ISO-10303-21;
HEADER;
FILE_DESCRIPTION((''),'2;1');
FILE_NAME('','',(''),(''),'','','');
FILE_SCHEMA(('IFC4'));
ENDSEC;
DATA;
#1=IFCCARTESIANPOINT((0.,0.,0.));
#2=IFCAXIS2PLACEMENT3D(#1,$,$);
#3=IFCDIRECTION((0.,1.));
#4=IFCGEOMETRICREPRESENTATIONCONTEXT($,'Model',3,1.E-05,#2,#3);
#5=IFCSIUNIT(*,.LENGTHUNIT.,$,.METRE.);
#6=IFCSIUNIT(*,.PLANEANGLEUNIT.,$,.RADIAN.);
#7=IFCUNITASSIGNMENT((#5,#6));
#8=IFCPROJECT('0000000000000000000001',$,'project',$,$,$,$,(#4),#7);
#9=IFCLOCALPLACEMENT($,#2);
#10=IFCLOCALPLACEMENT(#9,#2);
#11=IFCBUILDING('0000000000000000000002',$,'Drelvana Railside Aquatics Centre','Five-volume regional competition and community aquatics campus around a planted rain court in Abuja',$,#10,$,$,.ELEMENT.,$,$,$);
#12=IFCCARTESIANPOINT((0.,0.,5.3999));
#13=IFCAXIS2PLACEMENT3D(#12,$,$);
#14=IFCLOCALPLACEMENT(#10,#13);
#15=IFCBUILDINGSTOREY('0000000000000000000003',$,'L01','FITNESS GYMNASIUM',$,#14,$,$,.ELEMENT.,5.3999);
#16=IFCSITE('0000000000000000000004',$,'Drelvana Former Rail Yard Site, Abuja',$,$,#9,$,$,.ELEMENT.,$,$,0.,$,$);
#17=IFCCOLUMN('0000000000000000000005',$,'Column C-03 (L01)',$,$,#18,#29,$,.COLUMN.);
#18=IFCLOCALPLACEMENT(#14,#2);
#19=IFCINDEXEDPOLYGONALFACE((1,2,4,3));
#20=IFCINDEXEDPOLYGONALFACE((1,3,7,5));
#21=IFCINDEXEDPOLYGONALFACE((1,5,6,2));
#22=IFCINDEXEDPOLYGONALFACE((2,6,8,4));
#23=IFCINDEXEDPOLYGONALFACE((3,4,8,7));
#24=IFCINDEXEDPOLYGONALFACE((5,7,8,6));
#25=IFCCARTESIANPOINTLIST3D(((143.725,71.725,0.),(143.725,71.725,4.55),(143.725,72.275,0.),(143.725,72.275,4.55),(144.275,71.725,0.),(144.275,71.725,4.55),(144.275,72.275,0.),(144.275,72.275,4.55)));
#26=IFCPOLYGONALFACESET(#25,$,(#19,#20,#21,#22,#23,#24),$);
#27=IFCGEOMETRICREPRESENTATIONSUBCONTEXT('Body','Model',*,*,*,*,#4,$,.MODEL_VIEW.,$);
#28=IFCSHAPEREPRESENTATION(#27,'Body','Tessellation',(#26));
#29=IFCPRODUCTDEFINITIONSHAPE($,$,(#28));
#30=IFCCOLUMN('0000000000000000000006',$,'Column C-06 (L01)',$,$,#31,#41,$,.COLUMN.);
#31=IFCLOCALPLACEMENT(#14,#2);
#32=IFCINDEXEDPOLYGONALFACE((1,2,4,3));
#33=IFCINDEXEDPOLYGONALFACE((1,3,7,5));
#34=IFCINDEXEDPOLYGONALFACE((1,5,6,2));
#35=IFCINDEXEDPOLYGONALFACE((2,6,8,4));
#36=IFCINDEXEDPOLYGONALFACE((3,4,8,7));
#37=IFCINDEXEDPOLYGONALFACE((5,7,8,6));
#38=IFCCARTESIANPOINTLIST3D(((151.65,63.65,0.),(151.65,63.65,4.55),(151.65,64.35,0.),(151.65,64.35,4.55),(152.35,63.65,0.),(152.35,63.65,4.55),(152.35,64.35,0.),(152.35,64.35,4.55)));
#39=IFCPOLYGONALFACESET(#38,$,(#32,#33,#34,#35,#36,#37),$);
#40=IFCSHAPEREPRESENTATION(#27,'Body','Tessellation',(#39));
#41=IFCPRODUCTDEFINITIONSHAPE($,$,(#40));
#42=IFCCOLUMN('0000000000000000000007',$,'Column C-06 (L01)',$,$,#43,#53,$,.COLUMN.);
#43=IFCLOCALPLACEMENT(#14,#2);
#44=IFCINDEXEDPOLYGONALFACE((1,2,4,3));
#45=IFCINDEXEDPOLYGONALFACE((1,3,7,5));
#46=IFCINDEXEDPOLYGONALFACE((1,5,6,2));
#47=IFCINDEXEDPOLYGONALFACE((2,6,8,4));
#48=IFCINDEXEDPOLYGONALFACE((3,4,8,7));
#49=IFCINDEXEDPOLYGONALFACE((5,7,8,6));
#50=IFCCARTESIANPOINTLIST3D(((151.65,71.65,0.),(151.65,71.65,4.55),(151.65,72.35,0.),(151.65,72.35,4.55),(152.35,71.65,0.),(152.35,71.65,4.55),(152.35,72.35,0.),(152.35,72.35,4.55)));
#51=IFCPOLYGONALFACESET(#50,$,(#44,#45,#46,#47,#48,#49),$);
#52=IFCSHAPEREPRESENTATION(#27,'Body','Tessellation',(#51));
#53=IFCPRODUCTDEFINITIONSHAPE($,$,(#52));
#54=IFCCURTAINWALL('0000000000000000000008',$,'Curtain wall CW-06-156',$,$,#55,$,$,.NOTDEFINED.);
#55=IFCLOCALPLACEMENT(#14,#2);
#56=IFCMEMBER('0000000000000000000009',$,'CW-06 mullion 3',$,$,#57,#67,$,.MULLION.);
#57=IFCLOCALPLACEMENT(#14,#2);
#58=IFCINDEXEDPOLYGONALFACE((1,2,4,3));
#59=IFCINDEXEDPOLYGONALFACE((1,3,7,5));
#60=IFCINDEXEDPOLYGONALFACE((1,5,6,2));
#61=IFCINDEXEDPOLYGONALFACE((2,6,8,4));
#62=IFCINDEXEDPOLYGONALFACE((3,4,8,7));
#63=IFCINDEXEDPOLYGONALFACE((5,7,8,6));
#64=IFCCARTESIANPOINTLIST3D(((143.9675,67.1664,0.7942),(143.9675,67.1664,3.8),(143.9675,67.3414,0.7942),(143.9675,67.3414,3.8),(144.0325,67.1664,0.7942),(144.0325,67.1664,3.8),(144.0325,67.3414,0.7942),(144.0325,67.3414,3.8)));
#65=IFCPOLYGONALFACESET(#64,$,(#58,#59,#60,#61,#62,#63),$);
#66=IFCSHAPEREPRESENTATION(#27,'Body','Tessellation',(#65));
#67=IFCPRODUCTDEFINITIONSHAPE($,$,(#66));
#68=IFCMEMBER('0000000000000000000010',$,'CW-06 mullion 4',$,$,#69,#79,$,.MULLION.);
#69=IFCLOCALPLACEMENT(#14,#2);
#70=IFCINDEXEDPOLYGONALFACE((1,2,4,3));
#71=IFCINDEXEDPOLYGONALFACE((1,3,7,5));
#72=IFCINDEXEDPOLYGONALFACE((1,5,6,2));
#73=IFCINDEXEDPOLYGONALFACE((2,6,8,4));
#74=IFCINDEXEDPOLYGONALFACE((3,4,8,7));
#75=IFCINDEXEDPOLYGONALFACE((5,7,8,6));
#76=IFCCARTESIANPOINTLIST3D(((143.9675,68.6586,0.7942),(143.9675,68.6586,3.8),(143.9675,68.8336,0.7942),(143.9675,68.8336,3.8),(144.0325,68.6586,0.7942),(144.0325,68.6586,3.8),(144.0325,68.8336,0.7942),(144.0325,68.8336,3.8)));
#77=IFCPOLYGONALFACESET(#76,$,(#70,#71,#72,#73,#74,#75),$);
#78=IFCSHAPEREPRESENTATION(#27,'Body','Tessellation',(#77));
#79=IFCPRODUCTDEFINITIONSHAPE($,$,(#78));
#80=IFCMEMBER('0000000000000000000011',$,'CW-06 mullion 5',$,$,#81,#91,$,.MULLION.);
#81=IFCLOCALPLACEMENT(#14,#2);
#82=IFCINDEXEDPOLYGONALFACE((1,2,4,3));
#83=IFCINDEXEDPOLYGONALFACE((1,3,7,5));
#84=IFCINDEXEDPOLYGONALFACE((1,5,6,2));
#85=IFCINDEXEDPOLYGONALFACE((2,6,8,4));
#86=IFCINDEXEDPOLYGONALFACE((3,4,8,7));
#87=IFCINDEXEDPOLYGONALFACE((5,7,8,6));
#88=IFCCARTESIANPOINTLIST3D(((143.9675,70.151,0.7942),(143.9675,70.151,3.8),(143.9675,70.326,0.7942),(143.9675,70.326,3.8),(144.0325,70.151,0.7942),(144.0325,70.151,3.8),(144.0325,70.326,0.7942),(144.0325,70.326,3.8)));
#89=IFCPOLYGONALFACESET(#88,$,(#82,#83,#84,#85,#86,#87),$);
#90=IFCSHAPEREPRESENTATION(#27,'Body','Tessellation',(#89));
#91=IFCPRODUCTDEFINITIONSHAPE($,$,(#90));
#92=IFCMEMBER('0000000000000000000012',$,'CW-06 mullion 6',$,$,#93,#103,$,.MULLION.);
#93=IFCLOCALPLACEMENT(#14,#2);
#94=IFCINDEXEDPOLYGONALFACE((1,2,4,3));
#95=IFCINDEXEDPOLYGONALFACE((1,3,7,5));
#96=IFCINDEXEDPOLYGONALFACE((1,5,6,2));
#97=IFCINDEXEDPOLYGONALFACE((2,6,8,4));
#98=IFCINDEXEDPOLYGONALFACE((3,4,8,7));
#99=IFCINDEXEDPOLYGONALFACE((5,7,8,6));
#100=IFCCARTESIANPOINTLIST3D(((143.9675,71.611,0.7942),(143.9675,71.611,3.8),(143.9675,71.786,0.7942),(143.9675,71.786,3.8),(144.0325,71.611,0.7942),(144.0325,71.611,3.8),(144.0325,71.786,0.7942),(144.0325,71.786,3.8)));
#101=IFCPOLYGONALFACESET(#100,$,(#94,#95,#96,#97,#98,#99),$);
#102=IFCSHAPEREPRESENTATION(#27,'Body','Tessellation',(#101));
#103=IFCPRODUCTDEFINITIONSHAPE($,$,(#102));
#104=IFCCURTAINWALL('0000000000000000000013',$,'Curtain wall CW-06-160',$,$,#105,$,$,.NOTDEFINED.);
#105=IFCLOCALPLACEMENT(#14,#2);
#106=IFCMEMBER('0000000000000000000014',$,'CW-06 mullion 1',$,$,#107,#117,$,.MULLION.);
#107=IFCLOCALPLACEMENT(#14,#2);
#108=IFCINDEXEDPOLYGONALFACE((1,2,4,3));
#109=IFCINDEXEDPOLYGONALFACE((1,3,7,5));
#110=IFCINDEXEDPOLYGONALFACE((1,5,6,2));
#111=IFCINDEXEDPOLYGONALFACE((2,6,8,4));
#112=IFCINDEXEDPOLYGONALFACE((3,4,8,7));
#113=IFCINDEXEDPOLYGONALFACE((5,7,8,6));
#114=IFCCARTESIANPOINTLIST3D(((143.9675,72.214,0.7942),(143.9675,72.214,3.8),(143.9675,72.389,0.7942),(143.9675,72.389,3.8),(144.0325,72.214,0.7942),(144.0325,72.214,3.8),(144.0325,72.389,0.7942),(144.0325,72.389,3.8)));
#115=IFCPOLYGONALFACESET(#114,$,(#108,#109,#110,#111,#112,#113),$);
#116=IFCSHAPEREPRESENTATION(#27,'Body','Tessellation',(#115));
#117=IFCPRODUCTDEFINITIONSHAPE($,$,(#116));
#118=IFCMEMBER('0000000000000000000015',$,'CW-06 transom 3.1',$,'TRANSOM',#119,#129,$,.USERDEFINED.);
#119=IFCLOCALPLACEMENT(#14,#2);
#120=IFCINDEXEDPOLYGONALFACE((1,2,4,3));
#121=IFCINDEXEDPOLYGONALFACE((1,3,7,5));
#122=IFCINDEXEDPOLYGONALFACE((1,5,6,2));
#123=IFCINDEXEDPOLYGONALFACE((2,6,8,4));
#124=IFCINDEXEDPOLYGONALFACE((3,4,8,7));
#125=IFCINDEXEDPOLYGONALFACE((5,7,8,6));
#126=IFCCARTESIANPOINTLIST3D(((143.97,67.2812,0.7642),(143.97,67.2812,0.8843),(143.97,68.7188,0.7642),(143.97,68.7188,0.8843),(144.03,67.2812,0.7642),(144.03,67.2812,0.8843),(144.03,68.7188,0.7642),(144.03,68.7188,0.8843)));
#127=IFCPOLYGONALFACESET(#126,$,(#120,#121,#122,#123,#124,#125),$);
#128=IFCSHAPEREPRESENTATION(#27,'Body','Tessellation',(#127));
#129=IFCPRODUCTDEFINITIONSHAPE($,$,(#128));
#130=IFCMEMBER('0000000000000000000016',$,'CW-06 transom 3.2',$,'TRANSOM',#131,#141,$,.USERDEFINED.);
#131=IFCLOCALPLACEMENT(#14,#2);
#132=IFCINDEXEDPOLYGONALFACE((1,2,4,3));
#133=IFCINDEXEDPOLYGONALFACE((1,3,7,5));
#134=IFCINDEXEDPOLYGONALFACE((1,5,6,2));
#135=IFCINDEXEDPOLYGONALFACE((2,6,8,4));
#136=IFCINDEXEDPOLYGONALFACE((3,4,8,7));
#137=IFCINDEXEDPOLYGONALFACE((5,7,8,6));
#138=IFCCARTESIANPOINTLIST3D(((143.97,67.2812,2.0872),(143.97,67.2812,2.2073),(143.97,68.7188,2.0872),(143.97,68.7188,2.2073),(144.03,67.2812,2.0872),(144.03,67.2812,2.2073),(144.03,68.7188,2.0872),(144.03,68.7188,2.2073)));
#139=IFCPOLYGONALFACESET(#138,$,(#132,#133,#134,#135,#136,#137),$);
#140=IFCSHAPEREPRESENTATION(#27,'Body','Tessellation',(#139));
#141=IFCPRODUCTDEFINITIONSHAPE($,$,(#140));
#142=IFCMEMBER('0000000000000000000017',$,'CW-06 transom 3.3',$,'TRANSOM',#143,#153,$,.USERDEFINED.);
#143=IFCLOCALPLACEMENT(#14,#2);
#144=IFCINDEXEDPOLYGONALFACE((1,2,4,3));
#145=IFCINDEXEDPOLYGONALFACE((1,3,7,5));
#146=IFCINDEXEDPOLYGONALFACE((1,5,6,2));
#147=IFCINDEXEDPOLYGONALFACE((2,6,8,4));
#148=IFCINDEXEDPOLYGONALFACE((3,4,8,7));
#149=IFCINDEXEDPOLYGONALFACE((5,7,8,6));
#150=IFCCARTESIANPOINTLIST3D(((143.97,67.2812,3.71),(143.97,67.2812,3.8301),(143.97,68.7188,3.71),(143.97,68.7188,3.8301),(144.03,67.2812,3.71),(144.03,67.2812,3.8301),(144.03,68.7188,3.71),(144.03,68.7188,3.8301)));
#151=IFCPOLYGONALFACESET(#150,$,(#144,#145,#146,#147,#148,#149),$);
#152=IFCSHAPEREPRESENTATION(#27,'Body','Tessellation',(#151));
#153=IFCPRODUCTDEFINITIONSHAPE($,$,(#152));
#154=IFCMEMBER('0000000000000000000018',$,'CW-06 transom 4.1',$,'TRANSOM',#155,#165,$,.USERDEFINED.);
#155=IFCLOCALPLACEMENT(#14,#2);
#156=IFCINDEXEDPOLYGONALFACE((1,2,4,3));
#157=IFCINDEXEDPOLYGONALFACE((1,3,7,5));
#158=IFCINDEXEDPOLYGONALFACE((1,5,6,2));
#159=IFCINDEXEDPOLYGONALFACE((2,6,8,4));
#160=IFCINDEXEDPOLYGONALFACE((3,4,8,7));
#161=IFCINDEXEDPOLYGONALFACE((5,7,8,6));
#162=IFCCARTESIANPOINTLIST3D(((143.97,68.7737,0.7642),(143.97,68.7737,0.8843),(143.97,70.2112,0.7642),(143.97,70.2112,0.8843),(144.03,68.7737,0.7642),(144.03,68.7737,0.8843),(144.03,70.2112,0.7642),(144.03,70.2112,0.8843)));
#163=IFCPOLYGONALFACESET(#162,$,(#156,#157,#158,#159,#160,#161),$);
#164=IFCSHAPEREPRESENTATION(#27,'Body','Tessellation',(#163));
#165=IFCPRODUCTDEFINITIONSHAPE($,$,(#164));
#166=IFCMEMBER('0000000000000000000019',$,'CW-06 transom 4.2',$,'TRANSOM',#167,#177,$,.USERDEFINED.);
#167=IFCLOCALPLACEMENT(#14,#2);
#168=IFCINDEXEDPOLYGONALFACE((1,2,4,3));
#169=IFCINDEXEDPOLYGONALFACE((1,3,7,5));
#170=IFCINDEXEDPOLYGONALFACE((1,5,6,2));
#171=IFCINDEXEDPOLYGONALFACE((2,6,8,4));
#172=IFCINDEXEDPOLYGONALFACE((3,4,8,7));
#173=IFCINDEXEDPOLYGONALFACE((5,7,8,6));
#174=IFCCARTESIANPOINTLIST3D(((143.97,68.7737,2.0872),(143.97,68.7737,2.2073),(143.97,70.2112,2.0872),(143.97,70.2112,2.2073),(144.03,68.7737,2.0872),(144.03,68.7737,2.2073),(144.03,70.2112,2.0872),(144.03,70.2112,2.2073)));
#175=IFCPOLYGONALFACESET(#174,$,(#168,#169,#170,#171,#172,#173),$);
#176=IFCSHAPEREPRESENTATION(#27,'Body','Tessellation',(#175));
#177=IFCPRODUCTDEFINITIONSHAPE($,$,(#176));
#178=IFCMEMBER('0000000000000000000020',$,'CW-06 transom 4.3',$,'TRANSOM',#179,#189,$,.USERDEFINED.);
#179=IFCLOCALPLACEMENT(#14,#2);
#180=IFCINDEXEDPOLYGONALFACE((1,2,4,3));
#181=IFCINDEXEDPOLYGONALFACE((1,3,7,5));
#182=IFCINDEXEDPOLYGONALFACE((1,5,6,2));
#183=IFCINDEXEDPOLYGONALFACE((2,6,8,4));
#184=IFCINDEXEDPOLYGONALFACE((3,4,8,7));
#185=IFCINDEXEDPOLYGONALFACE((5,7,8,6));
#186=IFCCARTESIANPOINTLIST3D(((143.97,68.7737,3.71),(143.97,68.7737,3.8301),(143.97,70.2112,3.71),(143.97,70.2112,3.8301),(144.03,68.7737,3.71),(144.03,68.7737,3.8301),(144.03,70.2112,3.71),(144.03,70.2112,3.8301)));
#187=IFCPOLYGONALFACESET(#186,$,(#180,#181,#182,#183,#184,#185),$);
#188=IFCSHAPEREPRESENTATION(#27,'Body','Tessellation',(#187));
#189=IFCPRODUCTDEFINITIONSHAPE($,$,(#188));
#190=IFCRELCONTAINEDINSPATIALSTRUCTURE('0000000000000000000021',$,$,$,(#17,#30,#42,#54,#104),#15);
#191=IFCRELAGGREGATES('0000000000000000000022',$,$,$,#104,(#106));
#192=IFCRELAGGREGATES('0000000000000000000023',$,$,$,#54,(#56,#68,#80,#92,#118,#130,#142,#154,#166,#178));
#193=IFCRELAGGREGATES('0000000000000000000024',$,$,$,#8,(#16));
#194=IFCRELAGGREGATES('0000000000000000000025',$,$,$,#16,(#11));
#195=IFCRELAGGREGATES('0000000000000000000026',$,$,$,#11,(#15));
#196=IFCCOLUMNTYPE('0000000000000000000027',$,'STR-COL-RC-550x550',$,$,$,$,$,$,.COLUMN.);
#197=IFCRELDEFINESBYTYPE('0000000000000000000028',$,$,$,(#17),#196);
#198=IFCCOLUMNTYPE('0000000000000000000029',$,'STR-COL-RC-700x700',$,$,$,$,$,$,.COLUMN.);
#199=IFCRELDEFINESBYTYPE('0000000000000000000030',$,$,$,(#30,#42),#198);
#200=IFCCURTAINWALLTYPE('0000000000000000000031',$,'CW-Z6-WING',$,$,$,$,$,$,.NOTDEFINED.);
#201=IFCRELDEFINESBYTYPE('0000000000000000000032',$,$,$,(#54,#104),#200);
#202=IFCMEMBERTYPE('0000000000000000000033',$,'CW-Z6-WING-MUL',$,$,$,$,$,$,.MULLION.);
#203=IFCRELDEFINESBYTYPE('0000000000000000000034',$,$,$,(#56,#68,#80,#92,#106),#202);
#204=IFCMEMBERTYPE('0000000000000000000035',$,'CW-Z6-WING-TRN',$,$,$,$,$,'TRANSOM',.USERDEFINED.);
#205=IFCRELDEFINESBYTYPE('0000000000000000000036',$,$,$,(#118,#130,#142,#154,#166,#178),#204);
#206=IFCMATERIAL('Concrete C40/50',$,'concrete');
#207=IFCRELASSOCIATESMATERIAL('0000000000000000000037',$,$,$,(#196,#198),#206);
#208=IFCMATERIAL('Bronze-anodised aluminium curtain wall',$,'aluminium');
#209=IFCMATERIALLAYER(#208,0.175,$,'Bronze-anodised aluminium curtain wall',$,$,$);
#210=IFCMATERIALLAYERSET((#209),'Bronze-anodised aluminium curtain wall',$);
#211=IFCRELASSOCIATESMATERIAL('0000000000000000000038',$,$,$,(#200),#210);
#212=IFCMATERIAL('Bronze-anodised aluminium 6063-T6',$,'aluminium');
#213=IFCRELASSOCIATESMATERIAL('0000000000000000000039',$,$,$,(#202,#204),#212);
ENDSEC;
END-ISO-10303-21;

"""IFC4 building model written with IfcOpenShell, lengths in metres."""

from ifc_helpers import new_model, si_unit, direction, frame, origin, origin_2d, place, context, subcontext, project, spatial, rectangle, extrude, material, layer, layer_set, material_profile, profile_set, type_object, element, aggregate, save


model = new_model("IFC4")

# Units and contexts
model_context = context("Model", 3, precision=1e-05, world=origin(), true_north=direction((0.0, 1.0)))
body_context = subcontext(model_context, "Body", "Model", "MODEL_VIEW")
ifc_project = project(units=[si_unit("LENGTHUNIT", "METRE"), si_unit("PLANEANGLEUNIT", "RADIAN")], contexts=[model_context])

# Site, building, storey
site_placement = place(None, origin())
site = spatial("IfcSite", under=ifc_project, at=site_placement, Name="Drelvana Former Rail Yard Site, Abuja", CompositionType="ELEMENT", RefElevation=0.0)
building_placement = place(site_placement, origin())
building = spatial("IfcBuilding", under=site, at=building_placement, Name="Drelvana Railside Aquatics Centre", Description="Five-volume regional competition and community aquatics campus around a planted rain court in Abuja", CompositionType="ELEMENT")
storey_placement = place(building_placement, frame((0.0, 0.0, 5.3999)))
storey = spatial("IfcBuildingStorey", under=building, at=storey_placement, Name="L01", Description="FITNESS GYMNASIUM", CompositionType="ELEMENT", Elevation=5.3999)

# Columns
ifc_material_1 = material(Name="Concrete C40/50", Category="concrete")
ifc_material_profile_1 = material_profile(ifc_material_1, rectangle(XDim=0.55, YDim=0.55, at=origin_2d()), Name="RC 550x550")
ifc_profile_set_1 = profile_set([ifc_material_profile_1], Name="Concrete C40/50")
column_type_1 = type_object("IfcColumnType", Name="STR-COL-RC-550x550", PredefinedType="COLUMN", material=ifc_profile_set_1)
column_placement = place(storey_placement, frame((144.0, 72.0, 0.0), z_axis=(0.0, 0.0, 1.0), x_axis=(1.0, 0.0, 0.0)))
element("IfcColumn", 1, at=column_placement, inside=storey, type_object=column_type_1, Name="Column C-03 (L01)", PredefinedType="COLUMN", context=body_context, shape_type="SweptSolid", body=[
    extrude(rectangle(XDim=0.55, YDim=0.55, at=origin_2d()), origin(), (0.0, 0.0, 1.0), 4.55),
])
ifc_material_profile_2 = material_profile(ifc_material_1, rectangle(XDim=0.7, YDim=0.7, at=origin_2d()), Name="RC 700x700")
ifc_profile_set_2 = profile_set([ifc_material_profile_2], Name="Concrete C40/50")
column_type_2 = type_object("IfcColumnType", Name="STR-COL-RC-700x700", PredefinedType="COLUMN", material=ifc_profile_set_2)
for number, where, z_axis, x_axis, name in (
    (2, (152.0, 64.0, 0.0), (0.0, 0.0, 1.0), (1.0, 0.0, 0.0), "Column C-06 (L01)"),
    (3, (152.0, 72.0, 0.0), (0.0, 0.0, 1.0), (1.0, 0.0, 0.0), "Column C-06 (L01)"),
):
    element("IfcColumn", number, at=place(storey_placement, frame(where, z_axis=z_axis, x_axis=x_axis)), inside=storey, type_object=column_type_2, Name=name, PredefinedType="COLUMN", context=body_context, shape_type="SweptSolid", body=[
        extrude(rectangle(XDim=0.7, YDim=0.7, at=origin_2d()), origin(), (0.0, 0.0, 1.0), 4.55),
    ])

# Curtain wall, members
ifc_material_2 = material(Name="Bronze-anodised aluminium curtain wall", Category="aluminium")
ifc_layer_1 = layer(ifc_material_2, 0.175, Name="Bronze-anodised aluminium curtain wall")
ifc_layer_set_1 = layer_set([ifc_layer_1], Name="Bronze-anodised aluminium curtain wall")
curtain_wall_type = type_object("IfcCurtainWallType", Name="CW-Z6-WING", PredefinedType="NOTDEFINED", material=ifc_layer_set_1)
curtain_wall_1_placement = place(storey_placement, origin())
curtain_wall_1 = element("IfcCurtainWall", 4, at=curtain_wall_1_placement, inside=storey, type_object=curtain_wall_type, Name="Curtain wall CW-06-156", PredefinedType="NOTDEFINED")
ifc_material_3 = material(Name="Bronze-anodised aluminium 6063-T6", Category="aluminium")
ifc_material_profile_3 = material_profile(ifc_material_3, rectangle(XDim=0.0649, YDim=0.175, at=origin_2d()), Name="ALU-M 65x175")
ifc_profile_set_3 = profile_set([ifc_material_profile_3], Name="Bronze-anodised aluminium 6063-T6")
member_type_1 = type_object("IfcMemberType", Name="CW-Z6-WING-MUL", PredefinedType="MULLION", material=ifc_profile_set_3)
member_1_placement = place(storey_placement, frame((144.0, 67.2539, 0.7942), z_axis=(0.0, 0.0, 1.0), x_axis=(-1.0, 0.0, 0.0)))
member_1 = element("IfcMember", 5, at=member_1_placement, type_object=member_type_1, Name="CW-06 mullion 3", PredefinedType="MULLION", context=body_context, shape_type="SweptSolid", body=[
    extrude(rectangle(XDim=0.0649, YDim=0.175, at=origin_2d()), origin(), (0.0, 0.0, 1.0), 3.0059),
])
member_2_placement = place(storey_placement, frame((144.0, 68.7461, 0.7942), z_axis=(0.0, 0.0, 1.0), x_axis=(-1.0, 0.0, 0.0)))
member_2 = element("IfcMember", 6, at=member_2_placement, type_object=member_type_1, Name="CW-06 mullion 4", PredefinedType="MULLION", context=body_context, shape_type="SweptSolid", body=[
    extrude(rectangle(XDim=0.0649, YDim=0.175, at=origin_2d()), origin(), (0.0, 0.0, 1.0), 3.0059),
])
member_3_placement = place(storey_placement, frame((144.0, 70.2385, 0.7942), z_axis=(0.0, 0.0, 1.0), x_axis=(-1.0, 0.0, 0.0)))
member_3 = element("IfcMember", 7, at=member_3_placement, type_object=member_type_1, Name="CW-06 mullion 5", PredefinedType="MULLION", context=body_context, shape_type="SweptSolid", body=[
    extrude(rectangle(XDim=0.0649, YDim=0.175, at=origin_2d()), origin(), (0.0, 0.0, 1.0), 3.0059),
])
member_4_placement = place(storey_placement, frame((144.0, 71.6985, 0.7942), z_axis=(0.0, 0.0, 1.0), x_axis=(-1.0, 0.0, 0.0)))
member_4 = element("IfcMember", 8, at=member_4_placement, type_object=member_type_1, Name="CW-06 mullion 6", PredefinedType="MULLION", context=body_context, shape_type="SweptSolid", body=[
    extrude(rectangle(XDim=0.0649, YDim=0.175, at=origin_2d()), origin(), (0.0, 0.0, 1.0), 3.0059),
])

# Curtain wall, member
curtain_wall_2_placement = place(storey_placement, origin())
curtain_wall_2 = element("IfcCurtainWall", 9, at=curtain_wall_2_placement, inside=storey, type_object=curtain_wall_type, Name="Curtain wall CW-06-160", PredefinedType="NOTDEFINED")
member_5_placement = place(storey_placement, frame((144.0, 72.3015, 0.7942), z_axis=(0.0, 0.0, 1.0), x_axis=(-1.0, 0.0, 0.0)))
member_5 = element("IfcMember", 10, at=member_5_placement, type_object=member_type_1, Name="CW-06 mullion 1", PredefinedType="MULLION", context=body_context, shape_type="SweptSolid", body=[
    extrude(rectangle(XDim=0.0649, YDim=0.175, at=origin_2d()), origin(), (0.0, 0.0, 1.0), 3.0059),
])

# Members
ifc_material_profile_4 = material_profile(ifc_material_3, rectangle(XDim=0.1201, YDim=0.0601, at=origin_2d()), Name="ALU-T 60x120")
ifc_profile_set_4 = profile_set([ifc_material_profile_4], Name="Bronze-anodised aluminium 6063-T6")
member_type_2 = type_object("IfcMemberType", Name="CW-Z6-WING-TRN", ElementType="TRANSOM", PredefinedType="USERDEFINED", material=ifc_profile_set_4)
member_6_placement = place(storey_placement, frame((144.0, 67.2812, 0.8242), z_axis=(0.0, 1.0, 0.0), x_axis=(0.0, 0.0, 1.0)))
member_6 = element("IfcMember", 11, at=member_6_placement, type_object=member_type_2, Name="CW-06 transom 3.1", ObjectType="TRANSOM", PredefinedType="USERDEFINED", context=body_context, shape_type="SweptSolid", body=[
    extrude(rectangle(XDim=0.1201, YDim=0.0601, at=origin_2d()), origin(), (0.0, 0.0, 1.0), 1.4375),
])
member_7_placement = place(storey_placement, frame((144.0, 67.2812, 2.1472), z_axis=(0.0, 1.0, 0.0), x_axis=(0.0, 0.0, 1.0)))
member_7 = element("IfcMember", 12, at=member_7_placement, type_object=member_type_2, Name="CW-06 transom 3.2", ObjectType="TRANSOM", PredefinedType="USERDEFINED", context=body_context, shape_type="SweptSolid", body=[
    extrude(rectangle(XDim=0.1201, YDim=0.0601, at=origin_2d()), origin(), (0.0, 0.0, 1.0), 1.4375),
])
member_8_placement = place(storey_placement, frame((144.0, 67.2812, 3.77), z_axis=(0.0, 1.0, 0.0), x_axis=(0.0, 0.0, 1.0)))
member_8 = element("IfcMember", 13, at=member_8_placement, type_object=member_type_2, Name="CW-06 transom 3.3", ObjectType="TRANSOM", PredefinedType="USERDEFINED", context=body_context, shape_type="SweptSolid", body=[
    extrude(rectangle(XDim=0.1201, YDim=0.0601, at=origin_2d()), origin(), (0.0, 0.0, 1.0), 1.4375),
])
member_9_placement = place(storey_placement, frame((144.0, 68.7737, 0.8242), z_axis=(0.0, 1.0, 0.0), x_axis=(0.0, 0.0, 1.0)))
member_9 = element("IfcMember", 14, at=member_9_placement, type_object=member_type_2, Name="CW-06 transom 4.1", ObjectType="TRANSOM", PredefinedType="USERDEFINED", context=body_context, shape_type="SweptSolid", body=[
    extrude(rectangle(XDim=0.1201, YDim=0.0601, at=origin_2d()), origin(), (0.0, 0.0, 1.0), 1.4375),
])
member_10_placement = place(storey_placement, frame((144.0, 68.7737, 2.1472), z_axis=(0.0, 1.0, 0.0), x_axis=(0.0, 0.0, 1.0)))
member_10 = element("IfcMember", 15, at=member_10_placement, type_object=member_type_2, Name="CW-06 transom 4.2", ObjectType="TRANSOM", PredefinedType="USERDEFINED", context=body_context, shape_type="SweptSolid", body=[
    extrude(rectangle(XDim=0.1201, YDim=0.0601, at=origin_2d()), origin(), (0.0, 0.0, 1.0), 1.4375),
])
member_11_placement = place(storey_placement, frame((144.0, 68.7737, 3.77), z_axis=(0.0, 1.0, 0.0), x_axis=(0.0, 0.0, 1.0)))
member_11 = element("IfcMember", 16, at=member_11_placement, type_object=member_type_2, Name="CW-06 transom 4.3", ObjectType="TRANSOM", PredefinedType="USERDEFINED", context=body_context, shape_type="SweptSolid", body=[
    extrude(rectangle(XDim=0.1201, YDim=0.0601, at=origin_2d()), origin(), (0.0, 0.0, 1.0), 1.4375),
])
aggregate(curtain_wall_2, [member_5])

aggregate(curtain_wall_1, [member_1, member_2, member_3, member_4, member_6, member_7, member_8, member_9, member_10, member_11])

save(model, "model.ifc")
